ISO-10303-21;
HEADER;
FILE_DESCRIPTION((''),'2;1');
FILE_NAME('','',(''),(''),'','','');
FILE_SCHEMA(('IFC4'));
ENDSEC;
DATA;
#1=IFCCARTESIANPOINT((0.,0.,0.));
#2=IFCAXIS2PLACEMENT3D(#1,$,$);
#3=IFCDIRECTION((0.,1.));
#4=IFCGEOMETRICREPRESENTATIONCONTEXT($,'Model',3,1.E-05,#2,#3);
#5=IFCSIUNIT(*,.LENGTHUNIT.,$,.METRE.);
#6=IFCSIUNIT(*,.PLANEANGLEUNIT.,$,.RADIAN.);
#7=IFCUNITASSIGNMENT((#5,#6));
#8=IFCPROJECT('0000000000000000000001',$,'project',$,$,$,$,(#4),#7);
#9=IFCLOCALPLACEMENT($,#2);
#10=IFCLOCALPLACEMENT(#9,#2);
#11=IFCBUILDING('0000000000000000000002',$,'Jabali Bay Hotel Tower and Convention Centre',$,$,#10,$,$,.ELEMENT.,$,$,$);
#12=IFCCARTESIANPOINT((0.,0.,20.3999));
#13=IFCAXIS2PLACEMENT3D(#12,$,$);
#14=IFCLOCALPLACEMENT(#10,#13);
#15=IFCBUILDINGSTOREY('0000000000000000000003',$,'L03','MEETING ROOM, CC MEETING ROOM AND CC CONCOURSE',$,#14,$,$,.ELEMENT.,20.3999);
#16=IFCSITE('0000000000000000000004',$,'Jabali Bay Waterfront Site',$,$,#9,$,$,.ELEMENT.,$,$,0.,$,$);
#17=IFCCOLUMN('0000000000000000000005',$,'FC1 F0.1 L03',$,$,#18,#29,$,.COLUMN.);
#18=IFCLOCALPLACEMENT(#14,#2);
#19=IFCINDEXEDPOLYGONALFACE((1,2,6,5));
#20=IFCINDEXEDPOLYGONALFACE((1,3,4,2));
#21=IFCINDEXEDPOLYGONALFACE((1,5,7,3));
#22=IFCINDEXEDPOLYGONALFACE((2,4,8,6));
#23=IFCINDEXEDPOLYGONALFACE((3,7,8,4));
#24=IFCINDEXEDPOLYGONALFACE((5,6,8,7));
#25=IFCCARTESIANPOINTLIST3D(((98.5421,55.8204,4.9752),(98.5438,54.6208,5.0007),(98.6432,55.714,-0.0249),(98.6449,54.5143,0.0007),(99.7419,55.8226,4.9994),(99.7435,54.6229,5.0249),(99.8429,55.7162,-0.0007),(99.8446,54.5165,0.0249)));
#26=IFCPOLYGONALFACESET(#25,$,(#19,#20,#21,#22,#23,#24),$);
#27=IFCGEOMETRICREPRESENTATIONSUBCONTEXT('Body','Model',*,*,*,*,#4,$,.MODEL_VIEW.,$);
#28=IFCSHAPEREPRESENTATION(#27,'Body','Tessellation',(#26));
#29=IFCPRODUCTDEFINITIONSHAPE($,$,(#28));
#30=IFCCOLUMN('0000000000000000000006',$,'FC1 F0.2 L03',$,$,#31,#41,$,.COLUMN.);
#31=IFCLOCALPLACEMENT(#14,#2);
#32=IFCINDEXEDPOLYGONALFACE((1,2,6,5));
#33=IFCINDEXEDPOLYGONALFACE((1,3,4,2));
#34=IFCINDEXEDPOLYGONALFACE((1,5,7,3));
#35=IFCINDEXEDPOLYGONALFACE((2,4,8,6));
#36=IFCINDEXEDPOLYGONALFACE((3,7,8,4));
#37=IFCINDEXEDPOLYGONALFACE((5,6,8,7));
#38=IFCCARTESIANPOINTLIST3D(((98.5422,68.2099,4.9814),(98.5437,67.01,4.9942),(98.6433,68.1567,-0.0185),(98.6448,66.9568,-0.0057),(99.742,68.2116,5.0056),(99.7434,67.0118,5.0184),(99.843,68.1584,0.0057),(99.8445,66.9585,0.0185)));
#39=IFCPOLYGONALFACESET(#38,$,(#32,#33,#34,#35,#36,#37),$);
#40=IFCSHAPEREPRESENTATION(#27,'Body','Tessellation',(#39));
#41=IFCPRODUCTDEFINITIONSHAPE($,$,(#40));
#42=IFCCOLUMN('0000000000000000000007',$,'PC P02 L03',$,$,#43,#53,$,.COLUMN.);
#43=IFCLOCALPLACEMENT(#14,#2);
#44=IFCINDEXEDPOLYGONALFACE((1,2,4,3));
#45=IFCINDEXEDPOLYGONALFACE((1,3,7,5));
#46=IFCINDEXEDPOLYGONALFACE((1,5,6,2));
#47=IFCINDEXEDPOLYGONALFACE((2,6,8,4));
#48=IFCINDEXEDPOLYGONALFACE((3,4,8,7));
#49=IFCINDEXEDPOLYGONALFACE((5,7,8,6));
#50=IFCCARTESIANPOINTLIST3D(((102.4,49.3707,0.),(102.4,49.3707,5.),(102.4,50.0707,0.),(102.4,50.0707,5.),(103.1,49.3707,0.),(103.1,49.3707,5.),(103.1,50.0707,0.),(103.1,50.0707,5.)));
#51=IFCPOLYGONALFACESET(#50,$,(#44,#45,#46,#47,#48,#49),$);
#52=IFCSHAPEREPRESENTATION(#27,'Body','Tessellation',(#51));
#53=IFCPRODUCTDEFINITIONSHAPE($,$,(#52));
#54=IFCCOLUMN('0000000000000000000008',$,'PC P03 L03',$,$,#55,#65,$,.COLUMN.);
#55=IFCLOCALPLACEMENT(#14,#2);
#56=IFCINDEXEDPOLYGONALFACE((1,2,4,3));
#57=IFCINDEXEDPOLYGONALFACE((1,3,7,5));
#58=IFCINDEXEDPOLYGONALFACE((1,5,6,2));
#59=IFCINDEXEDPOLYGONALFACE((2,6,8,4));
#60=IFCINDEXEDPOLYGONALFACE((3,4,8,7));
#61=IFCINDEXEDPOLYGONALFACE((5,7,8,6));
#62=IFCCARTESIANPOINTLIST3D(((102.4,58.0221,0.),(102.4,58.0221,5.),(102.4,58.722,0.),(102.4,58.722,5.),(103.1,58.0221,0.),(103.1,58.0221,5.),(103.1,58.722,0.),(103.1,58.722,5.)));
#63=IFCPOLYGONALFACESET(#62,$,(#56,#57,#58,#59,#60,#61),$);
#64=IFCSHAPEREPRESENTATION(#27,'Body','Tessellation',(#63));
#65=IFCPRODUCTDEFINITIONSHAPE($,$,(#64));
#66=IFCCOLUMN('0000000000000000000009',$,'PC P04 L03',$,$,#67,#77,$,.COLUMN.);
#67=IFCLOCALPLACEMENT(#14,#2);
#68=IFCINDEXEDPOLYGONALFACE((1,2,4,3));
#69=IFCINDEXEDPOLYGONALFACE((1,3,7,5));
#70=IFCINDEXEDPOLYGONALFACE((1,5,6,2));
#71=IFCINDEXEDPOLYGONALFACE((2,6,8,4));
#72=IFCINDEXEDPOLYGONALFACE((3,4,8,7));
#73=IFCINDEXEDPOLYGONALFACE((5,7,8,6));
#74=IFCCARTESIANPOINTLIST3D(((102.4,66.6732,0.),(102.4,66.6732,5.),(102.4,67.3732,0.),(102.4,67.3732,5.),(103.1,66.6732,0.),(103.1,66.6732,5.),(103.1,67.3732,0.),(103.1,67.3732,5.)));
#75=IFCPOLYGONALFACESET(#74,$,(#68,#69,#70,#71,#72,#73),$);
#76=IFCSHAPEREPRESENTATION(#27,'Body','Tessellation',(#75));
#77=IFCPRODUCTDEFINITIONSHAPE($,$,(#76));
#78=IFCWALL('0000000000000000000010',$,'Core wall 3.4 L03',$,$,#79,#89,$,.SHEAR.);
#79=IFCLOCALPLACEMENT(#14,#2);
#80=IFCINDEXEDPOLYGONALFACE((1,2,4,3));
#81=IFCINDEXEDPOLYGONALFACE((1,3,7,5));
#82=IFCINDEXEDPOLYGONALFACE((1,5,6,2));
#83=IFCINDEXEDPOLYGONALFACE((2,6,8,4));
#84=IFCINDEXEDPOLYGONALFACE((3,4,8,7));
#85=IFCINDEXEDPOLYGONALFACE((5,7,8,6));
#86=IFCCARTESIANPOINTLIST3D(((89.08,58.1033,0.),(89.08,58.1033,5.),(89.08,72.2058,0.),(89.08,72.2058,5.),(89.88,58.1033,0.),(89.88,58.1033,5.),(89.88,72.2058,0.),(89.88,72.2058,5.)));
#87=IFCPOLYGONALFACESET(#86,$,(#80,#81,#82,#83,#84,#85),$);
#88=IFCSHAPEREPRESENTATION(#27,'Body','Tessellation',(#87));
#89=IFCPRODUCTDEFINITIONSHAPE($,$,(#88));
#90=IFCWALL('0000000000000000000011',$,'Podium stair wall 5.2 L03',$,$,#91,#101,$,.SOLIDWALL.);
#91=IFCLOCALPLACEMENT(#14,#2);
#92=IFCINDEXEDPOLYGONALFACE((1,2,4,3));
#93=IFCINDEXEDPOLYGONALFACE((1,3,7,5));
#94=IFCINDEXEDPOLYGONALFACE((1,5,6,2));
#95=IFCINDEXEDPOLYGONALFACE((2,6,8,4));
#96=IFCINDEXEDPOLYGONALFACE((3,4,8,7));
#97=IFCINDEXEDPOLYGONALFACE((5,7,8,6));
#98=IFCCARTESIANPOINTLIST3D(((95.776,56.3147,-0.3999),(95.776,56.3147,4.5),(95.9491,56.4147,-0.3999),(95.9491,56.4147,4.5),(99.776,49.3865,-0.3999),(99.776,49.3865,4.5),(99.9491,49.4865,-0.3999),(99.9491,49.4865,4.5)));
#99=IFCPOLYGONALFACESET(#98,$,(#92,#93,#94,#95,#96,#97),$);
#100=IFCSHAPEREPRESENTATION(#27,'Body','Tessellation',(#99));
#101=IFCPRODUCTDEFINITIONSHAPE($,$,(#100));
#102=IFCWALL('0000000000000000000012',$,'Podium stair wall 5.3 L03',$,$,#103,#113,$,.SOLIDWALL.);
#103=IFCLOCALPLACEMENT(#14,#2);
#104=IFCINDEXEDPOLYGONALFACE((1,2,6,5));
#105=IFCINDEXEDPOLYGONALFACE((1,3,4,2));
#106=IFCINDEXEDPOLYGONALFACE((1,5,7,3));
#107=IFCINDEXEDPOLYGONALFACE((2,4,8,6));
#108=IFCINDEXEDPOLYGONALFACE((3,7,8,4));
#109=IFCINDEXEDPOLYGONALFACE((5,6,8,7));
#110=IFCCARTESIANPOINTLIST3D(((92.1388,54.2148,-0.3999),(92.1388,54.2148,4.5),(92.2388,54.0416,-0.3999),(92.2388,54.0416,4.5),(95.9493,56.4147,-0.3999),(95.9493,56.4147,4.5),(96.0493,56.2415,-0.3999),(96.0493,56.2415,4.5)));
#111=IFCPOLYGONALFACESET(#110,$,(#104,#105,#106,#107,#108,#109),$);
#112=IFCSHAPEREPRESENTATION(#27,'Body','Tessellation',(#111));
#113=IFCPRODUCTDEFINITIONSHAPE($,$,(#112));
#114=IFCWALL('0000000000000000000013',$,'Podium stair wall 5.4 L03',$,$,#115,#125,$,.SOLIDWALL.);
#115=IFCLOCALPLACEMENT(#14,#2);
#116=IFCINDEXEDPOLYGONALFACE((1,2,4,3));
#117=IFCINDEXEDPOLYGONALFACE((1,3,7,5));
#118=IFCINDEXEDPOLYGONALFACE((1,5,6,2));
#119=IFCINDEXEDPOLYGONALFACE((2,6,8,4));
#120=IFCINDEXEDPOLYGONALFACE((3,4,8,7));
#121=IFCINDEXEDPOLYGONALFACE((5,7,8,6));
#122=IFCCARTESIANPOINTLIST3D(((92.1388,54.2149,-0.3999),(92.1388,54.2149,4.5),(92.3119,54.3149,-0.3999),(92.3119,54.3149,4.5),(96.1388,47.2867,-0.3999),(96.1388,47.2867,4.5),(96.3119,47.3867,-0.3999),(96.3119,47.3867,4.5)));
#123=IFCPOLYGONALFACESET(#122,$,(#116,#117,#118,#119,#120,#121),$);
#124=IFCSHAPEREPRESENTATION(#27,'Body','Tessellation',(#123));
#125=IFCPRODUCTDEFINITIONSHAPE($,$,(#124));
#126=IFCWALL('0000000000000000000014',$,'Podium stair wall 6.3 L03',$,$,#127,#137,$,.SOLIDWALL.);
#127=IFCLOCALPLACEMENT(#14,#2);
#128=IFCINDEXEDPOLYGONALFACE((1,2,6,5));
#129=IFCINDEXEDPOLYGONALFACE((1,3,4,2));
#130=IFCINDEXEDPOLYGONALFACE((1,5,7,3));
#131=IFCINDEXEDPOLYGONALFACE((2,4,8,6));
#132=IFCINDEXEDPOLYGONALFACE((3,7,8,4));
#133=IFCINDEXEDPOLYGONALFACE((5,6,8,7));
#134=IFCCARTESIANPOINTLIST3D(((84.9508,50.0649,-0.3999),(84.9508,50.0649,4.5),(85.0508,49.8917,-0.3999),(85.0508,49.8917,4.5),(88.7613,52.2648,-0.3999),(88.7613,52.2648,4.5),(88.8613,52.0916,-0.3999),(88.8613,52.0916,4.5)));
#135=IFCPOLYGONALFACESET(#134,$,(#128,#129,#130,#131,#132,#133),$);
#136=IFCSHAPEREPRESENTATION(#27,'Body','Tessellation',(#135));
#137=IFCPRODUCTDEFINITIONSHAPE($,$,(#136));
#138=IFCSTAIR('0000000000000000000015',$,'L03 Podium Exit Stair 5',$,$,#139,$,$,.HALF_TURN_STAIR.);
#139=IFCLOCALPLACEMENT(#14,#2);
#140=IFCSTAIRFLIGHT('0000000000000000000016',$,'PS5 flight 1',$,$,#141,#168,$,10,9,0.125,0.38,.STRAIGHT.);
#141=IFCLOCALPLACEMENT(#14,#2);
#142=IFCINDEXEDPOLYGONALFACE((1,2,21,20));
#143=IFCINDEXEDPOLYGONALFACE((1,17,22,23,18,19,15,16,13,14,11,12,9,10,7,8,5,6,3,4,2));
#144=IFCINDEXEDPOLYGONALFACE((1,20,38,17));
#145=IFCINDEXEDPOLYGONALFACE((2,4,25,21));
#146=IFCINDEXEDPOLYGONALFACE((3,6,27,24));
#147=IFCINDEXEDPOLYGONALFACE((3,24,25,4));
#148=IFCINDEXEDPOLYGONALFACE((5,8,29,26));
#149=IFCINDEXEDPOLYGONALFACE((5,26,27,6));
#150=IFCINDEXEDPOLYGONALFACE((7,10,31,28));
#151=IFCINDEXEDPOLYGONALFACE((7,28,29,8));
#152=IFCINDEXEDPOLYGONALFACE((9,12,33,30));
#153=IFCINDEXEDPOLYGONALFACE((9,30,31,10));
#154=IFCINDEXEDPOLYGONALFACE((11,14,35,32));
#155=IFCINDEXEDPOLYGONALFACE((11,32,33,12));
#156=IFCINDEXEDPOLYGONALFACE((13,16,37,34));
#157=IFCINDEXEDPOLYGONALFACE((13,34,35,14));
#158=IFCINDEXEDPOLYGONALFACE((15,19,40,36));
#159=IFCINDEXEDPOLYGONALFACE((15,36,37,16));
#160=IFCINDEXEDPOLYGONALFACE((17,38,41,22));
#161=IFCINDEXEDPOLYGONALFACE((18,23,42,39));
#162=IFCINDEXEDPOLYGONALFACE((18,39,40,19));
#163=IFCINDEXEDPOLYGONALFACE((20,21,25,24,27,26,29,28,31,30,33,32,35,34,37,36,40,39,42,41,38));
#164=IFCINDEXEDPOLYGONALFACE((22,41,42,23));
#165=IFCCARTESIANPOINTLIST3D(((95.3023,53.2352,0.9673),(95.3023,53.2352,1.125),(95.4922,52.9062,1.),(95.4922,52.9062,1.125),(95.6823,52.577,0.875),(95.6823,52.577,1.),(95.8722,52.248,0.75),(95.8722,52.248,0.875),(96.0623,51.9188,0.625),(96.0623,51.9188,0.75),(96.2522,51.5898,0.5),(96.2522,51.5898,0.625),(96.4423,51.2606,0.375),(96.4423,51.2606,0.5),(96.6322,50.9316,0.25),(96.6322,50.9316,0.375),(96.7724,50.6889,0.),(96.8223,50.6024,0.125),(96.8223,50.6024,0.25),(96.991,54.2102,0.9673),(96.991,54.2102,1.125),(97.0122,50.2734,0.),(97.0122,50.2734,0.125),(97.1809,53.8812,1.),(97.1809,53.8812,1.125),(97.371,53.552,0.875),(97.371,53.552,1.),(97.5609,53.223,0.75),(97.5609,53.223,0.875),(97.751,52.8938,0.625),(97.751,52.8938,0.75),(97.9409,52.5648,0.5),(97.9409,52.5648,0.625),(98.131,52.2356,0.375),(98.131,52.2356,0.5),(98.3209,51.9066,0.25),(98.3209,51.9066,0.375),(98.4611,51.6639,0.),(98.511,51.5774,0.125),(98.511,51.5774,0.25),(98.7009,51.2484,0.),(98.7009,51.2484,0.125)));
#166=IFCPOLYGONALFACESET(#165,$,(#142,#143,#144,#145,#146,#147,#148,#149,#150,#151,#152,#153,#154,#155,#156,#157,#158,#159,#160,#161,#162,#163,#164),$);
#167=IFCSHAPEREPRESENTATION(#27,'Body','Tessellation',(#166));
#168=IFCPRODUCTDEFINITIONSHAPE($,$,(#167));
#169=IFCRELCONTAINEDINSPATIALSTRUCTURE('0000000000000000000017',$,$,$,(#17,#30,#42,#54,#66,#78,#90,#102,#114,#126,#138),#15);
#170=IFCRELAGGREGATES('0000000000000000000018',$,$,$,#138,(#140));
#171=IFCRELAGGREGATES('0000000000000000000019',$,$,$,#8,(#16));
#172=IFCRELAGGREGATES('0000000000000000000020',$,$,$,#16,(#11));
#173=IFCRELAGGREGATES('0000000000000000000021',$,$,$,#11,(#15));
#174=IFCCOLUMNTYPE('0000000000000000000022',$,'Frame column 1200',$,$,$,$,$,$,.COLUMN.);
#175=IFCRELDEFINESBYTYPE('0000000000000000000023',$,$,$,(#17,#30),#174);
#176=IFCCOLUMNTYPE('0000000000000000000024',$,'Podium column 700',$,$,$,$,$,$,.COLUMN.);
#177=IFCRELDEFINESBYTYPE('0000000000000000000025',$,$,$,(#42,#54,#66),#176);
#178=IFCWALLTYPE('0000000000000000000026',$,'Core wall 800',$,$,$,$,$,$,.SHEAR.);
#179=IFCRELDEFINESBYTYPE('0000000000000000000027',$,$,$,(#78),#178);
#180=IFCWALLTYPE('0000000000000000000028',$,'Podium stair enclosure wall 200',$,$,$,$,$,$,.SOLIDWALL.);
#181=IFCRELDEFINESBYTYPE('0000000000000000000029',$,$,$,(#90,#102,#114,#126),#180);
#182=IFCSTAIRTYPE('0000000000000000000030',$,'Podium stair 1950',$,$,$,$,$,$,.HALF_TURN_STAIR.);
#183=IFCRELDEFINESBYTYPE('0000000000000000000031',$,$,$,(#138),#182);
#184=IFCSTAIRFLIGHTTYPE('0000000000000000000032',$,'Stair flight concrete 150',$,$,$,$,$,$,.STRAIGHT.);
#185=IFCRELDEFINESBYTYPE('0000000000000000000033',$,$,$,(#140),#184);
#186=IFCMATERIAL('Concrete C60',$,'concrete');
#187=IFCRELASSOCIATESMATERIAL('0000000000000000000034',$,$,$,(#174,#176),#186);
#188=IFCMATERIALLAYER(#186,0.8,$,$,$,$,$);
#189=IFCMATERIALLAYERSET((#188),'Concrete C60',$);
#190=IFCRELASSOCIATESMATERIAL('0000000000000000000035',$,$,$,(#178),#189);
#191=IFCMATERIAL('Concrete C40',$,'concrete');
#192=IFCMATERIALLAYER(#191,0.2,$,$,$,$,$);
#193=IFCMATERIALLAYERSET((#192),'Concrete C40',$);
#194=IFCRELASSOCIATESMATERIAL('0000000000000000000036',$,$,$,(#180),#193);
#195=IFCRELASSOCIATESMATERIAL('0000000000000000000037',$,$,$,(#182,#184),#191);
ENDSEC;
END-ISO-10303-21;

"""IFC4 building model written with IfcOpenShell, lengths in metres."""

from ifc_helpers import new_model, si_unit, direction, frame, frame_2d, origin, origin_2d, place, context, subcontext, project, spatial, polyline, rectangle, outline, extrude, material, layer, layer_set, material_profile, profile_set, type_object, element, aggregate, save


model = new_model("IFC4")

# Units and contexts
model_context = context("Model", 3, precision=1e-05, world=origin(), true_north=direction((0.0, 1.0)))
body_context = subcontext(model_context, "Body", "Model", "MODEL_VIEW")
ifc_project = project(units=[si_unit("LENGTHUNIT", "METRE"), si_unit("PLANEANGLEUNIT", "RADIAN")], contexts=[model_context])

# Site, building, storey
site_placement = place(None, origin())
site = spatial("IfcSite", under=ifc_project, at=site_placement, Name="Jabali Bay Waterfront Site", CompositionType="ELEMENT", RefElevation=0.0)
building_placement = place(site_placement, origin())
building = spatial("IfcBuilding", under=site, at=building_placement, Name="Jabali Bay Hotel Tower and Convention Centre", CompositionType="ELEMENT")
storey_placement = place(building_placement, frame((0.0, 0.0, 20.3999)))
storey = spatial("IfcBuildingStorey", under=building, at=storey_placement, Name="L03", Description="MEETING ROOM, CC MEETING ROOM AND CC CONCOURSE", CompositionType="ELEMENT", Elevation=20.3999)

# Columns
ifc_material_1 = material(Name="Concrete C60", Category="concrete")
ifc_material_profile_1 = material_profile(ifc_material_1, rectangle(XDim=1.2, YDim=1.2, at=origin_2d()), Name="Frame column 1200")
ifc_profile_set_1 = profile_set([ifc_material_profile_1], Name="Concrete C60")
column_type_1 = type_object("IfcColumnType", Name="Frame column 1200", PredefinedType="COLUMN", material=ifc_profile_set_1)
column_1_placement = place(storey_placement, frame((99.2439, 55.1152, 0.0), z_axis=(-0.020206, 0.02128, 0.999569), x_axis=(0.001368, -0.999772, 0.021312)))
element("IfcColumn", 1, at=column_1_placement, inside=storey, type_object=column_type_1, Name="FC1 F0.1 L03", PredefinedType="COLUMN", context=body_context, shape_type="SweptSolid", body=[
    extrude(rectangle(XDim=1.2, YDim=1.2, at=origin_2d()), origin(), (0.0, 0.0, 1.0), 5.0022),
])
column_2_placement = place(storey_placement, frame((99.2439, 67.5576, 0.0), z_axis=(-0.02021, 0.010642, 0.999739), x_axis=(0.001205, -0.999942, 0.010668)))
element("IfcColumn", 2, at=column_2_placement, inside=storey, type_object=column_type_1, Name="FC1 F0.2 L03", PredefinedType="COLUMN", context=body_context, shape_type="SweptSolid", body=[
    extrude(rectangle(XDim=1.2, YDim=1.2, at=origin_2d()), origin(), (0.0, 0.0, 1.0), 5.0012),
])
ifc_material_profile_2 = material_profile(ifc_material_1, rectangle(XDim=0.7, YDim=0.7, at=origin_2d()), Name="Podium column 700")
ifc_profile_set_2 = profile_set([ifc_material_profile_2], Name="Concrete C60")
column_type_2 = type_object("IfcColumnType", Name="Podium column 700", PredefinedType="COLUMN", material=ifc_profile_set_2)
for number, where, z_axis, x_axis, name in (
    (3, (102.75, 49.7207, 0.0), (0.0, 0.0, 1.0), (1.0, 0.0, 0.0), "PC P02 L03"),
    (4, (102.75, 58.3721, 0.0), (0.0, 0.0, 1.0), (1.0, 0.0, 0.0), "PC P03 L03"),
    (5, (102.75, 67.0232, 0.0), (0.0, 0.0, 1.0), (1.0, 0.0, 0.0), "PC P04 L03"),
):
    element("IfcColumn", number, at=place(storey_placement, frame(where, z_axis=z_axis, x_axis=x_axis)), inside=storey, type_object=column_type_2, Name=name, PredefinedType="COLUMN", context=body_context, shape_type="SweptSolid", body=[
        extrude(rectangle(XDim=0.7, YDim=0.7, at=origin_2d()), origin(), (0.0, 0.0, 1.0), 5.0),
    ])

# Walls
ifc_layer_1 = layer(ifc_material_1, 0.8)
ifc_layer_set_1 = layer_set([ifc_layer_1], Name="Concrete C60")
wall_type_1 = type_object("IfcWallType", Name="Core wall 800", PredefinedType="SHEAR", material=ifc_layer_set_1)
wall_1_placement = place(storey_placement, frame((89.48, 58.1033, 0.0), z_axis=(0.0, 0.0, 1.0), x_axis=(0.0, 1.0, 0.0)))
element("IfcWall", 6, at=wall_1_placement, inside=storey, type_object=wall_type_1, Name="Core wall 3.4 L03", PredefinedType="SHEAR", context=body_context, shape_type="SweptSolid", body=[
    extrude(rectangle(XDim=14.1025, YDim=0.8, at=frame_2d((7.0513, 0.0))), origin(), (0.0, 0.0, 1.0), 5.0),
])
ifc_material_2 = material(Name="Concrete C40", Category="concrete")
ifc_layer_2 = layer(ifc_material_2, 0.2)
ifc_layer_set_2 = layer_set([ifc_layer_2], Name="Concrete C40")
wall_type_2 = type_object("IfcWallType", Name="Podium stair enclosure wall 200", PredefinedType="SOLIDWALL", material=ifc_layer_set_2)
wall_2_placement = place(storey_placement, frame((99.8625, 49.4365, -0.3999), z_axis=(0.0, 0.0, 1.0), x_axis=(-0.499999, 0.866026, 0.0)))
element("IfcWall", 7, at=wall_2_placement, inside=storey, type_object=wall_type_2, Name="Podium stair wall 5.2 L03", PredefinedType="SOLIDWALL", context=body_context, shape_type="SweptSolid", body=[
    extrude(rectangle(XDim=8.0, YDim=0.2, at=frame_2d((4.0, 0.0))), origin(), (0.0, 0.0, 1.0), 4.8999),
])
wall_3_placement = place(storey_placement, frame((95.9993, 56.3281, -0.3999), z_axis=(0.0, 0.0, 1.0), x_axis=(-0.866032, -0.499988, 0.0)))
element("IfcWall", 8, at=wall_3_placement, inside=storey, type_object=wall_type_2, Name="Podium stair wall 5.3 L03", PredefinedType="SOLIDWALL", context=body_context, shape_type="SweptSolid", body=[
    extrude(rectangle(XDim=4.3999, YDim=0.2, at=frame_2d((2.2, 0.0))), origin(), (0.0, 0.0, 1.0), 4.8999),
])
wall_4_placement = place(storey_placement, frame((92.2253, 54.2649, -0.3999), z_axis=(0.0, 0.0, 1.0), x_axis=(0.499999, -0.866026, 0.0)))
element("IfcWall", 9, at=wall_4_placement, inside=storey, type_object=wall_type_2, Name="Podium stair wall 5.4 L03", PredefinedType="SOLIDWALL", context=body_context, shape_type="SweptSolid", body=[
    extrude(rectangle(XDim=8.0, YDim=0.2, at=frame_2d((4.0, 0.0))), origin(), (0.0, 0.0, 1.0), 4.8999),
])
wall_5_placement = place(storey_placement, frame((88.8113, 52.1782, -0.3999), z_axis=(0.0, 0.0, 1.0), x_axis=(-0.866032, -0.499988, 0.0)))
element("IfcWall", 10, at=wall_5_placement, inside=storey, type_object=wall_type_2, Name="Podium stair wall 6.3 L03", PredefinedType="SOLIDWALL", context=body_context, shape_type="SweptSolid", body=[
    extrude(rectangle(XDim=4.3999, YDim=0.2, at=frame_2d((2.2, 0.0))), origin(), (0.0, 0.0, 1.0), 4.8999),
])

# Stair, stair flight
stair_type = type_object("IfcStairType", Name="Podium stair 1950", PredefinedType="HALF_TURN_STAIR", material=ifc_material_2)
stair_placement = place(storey_placement, origin())
stair = element("IfcStair", 11, at=stair_placement, inside=storey, type_object=stair_type, Name="L03 Podium Exit Stair 5", PredefinedType="HALF_TURN_STAIR")
stair_flight_type = type_object("IfcStairFlightType", Name="Stair flight concrete 150", PredefinedType="STRAIGHT", material=ifc_material_2)
stair_flight_1_placement = place(storey_placement, frame((97.8567, 50.761, 0.0), z_axis=(0.0, 0.0, 1.0), x_axis=(-0.5, 0.866025, 0.0)))
stair_flight_1 = element("IfcStairFlight", 12, at=stair_flight_1_placement, type_object=stair_flight_type, Name="PS5 flight 1", NumberOfRisers=10, NumberOfTreads=9, PredefinedType="STRAIGHT", RiserHeight=0.125, TreadLength=0.38, context=body_context, shape_type="SweptSolid", body=[
    extrude(outline(polyline([(0.0, 0.0), (0.0, 0.125), (0.3799, 0.125), (0.3799, 0.25), (0.76, 0.25), (0.76, 0.375), (1.1399, 0.375), (1.1399, 0.5), (1.52, 0.5), (1.52, 0.625), (1.8999, 0.625), (1.8999, 0.75), (2.28, 0.75), (2.28, 0.875), (2.6599, 0.875), (2.6599, 1.0), (3.04, 1.0), (3.04, 1.125), (3.4199, 1.125), (3.4199, 1.25), (3.4199, 0.9673), (0.4797, 0.0), (0.0, 0.0)])), frame((0.0, 0.9751, 0.0), z_axis=(0.0, -1.0, 0.0), x_axis=(1.0, 0.0, 0.0)), (0.0, 0.0, 1.0), 1.95),
])
aggregate(stair, [stair_flight_1])

save(model, "model.ifc")
